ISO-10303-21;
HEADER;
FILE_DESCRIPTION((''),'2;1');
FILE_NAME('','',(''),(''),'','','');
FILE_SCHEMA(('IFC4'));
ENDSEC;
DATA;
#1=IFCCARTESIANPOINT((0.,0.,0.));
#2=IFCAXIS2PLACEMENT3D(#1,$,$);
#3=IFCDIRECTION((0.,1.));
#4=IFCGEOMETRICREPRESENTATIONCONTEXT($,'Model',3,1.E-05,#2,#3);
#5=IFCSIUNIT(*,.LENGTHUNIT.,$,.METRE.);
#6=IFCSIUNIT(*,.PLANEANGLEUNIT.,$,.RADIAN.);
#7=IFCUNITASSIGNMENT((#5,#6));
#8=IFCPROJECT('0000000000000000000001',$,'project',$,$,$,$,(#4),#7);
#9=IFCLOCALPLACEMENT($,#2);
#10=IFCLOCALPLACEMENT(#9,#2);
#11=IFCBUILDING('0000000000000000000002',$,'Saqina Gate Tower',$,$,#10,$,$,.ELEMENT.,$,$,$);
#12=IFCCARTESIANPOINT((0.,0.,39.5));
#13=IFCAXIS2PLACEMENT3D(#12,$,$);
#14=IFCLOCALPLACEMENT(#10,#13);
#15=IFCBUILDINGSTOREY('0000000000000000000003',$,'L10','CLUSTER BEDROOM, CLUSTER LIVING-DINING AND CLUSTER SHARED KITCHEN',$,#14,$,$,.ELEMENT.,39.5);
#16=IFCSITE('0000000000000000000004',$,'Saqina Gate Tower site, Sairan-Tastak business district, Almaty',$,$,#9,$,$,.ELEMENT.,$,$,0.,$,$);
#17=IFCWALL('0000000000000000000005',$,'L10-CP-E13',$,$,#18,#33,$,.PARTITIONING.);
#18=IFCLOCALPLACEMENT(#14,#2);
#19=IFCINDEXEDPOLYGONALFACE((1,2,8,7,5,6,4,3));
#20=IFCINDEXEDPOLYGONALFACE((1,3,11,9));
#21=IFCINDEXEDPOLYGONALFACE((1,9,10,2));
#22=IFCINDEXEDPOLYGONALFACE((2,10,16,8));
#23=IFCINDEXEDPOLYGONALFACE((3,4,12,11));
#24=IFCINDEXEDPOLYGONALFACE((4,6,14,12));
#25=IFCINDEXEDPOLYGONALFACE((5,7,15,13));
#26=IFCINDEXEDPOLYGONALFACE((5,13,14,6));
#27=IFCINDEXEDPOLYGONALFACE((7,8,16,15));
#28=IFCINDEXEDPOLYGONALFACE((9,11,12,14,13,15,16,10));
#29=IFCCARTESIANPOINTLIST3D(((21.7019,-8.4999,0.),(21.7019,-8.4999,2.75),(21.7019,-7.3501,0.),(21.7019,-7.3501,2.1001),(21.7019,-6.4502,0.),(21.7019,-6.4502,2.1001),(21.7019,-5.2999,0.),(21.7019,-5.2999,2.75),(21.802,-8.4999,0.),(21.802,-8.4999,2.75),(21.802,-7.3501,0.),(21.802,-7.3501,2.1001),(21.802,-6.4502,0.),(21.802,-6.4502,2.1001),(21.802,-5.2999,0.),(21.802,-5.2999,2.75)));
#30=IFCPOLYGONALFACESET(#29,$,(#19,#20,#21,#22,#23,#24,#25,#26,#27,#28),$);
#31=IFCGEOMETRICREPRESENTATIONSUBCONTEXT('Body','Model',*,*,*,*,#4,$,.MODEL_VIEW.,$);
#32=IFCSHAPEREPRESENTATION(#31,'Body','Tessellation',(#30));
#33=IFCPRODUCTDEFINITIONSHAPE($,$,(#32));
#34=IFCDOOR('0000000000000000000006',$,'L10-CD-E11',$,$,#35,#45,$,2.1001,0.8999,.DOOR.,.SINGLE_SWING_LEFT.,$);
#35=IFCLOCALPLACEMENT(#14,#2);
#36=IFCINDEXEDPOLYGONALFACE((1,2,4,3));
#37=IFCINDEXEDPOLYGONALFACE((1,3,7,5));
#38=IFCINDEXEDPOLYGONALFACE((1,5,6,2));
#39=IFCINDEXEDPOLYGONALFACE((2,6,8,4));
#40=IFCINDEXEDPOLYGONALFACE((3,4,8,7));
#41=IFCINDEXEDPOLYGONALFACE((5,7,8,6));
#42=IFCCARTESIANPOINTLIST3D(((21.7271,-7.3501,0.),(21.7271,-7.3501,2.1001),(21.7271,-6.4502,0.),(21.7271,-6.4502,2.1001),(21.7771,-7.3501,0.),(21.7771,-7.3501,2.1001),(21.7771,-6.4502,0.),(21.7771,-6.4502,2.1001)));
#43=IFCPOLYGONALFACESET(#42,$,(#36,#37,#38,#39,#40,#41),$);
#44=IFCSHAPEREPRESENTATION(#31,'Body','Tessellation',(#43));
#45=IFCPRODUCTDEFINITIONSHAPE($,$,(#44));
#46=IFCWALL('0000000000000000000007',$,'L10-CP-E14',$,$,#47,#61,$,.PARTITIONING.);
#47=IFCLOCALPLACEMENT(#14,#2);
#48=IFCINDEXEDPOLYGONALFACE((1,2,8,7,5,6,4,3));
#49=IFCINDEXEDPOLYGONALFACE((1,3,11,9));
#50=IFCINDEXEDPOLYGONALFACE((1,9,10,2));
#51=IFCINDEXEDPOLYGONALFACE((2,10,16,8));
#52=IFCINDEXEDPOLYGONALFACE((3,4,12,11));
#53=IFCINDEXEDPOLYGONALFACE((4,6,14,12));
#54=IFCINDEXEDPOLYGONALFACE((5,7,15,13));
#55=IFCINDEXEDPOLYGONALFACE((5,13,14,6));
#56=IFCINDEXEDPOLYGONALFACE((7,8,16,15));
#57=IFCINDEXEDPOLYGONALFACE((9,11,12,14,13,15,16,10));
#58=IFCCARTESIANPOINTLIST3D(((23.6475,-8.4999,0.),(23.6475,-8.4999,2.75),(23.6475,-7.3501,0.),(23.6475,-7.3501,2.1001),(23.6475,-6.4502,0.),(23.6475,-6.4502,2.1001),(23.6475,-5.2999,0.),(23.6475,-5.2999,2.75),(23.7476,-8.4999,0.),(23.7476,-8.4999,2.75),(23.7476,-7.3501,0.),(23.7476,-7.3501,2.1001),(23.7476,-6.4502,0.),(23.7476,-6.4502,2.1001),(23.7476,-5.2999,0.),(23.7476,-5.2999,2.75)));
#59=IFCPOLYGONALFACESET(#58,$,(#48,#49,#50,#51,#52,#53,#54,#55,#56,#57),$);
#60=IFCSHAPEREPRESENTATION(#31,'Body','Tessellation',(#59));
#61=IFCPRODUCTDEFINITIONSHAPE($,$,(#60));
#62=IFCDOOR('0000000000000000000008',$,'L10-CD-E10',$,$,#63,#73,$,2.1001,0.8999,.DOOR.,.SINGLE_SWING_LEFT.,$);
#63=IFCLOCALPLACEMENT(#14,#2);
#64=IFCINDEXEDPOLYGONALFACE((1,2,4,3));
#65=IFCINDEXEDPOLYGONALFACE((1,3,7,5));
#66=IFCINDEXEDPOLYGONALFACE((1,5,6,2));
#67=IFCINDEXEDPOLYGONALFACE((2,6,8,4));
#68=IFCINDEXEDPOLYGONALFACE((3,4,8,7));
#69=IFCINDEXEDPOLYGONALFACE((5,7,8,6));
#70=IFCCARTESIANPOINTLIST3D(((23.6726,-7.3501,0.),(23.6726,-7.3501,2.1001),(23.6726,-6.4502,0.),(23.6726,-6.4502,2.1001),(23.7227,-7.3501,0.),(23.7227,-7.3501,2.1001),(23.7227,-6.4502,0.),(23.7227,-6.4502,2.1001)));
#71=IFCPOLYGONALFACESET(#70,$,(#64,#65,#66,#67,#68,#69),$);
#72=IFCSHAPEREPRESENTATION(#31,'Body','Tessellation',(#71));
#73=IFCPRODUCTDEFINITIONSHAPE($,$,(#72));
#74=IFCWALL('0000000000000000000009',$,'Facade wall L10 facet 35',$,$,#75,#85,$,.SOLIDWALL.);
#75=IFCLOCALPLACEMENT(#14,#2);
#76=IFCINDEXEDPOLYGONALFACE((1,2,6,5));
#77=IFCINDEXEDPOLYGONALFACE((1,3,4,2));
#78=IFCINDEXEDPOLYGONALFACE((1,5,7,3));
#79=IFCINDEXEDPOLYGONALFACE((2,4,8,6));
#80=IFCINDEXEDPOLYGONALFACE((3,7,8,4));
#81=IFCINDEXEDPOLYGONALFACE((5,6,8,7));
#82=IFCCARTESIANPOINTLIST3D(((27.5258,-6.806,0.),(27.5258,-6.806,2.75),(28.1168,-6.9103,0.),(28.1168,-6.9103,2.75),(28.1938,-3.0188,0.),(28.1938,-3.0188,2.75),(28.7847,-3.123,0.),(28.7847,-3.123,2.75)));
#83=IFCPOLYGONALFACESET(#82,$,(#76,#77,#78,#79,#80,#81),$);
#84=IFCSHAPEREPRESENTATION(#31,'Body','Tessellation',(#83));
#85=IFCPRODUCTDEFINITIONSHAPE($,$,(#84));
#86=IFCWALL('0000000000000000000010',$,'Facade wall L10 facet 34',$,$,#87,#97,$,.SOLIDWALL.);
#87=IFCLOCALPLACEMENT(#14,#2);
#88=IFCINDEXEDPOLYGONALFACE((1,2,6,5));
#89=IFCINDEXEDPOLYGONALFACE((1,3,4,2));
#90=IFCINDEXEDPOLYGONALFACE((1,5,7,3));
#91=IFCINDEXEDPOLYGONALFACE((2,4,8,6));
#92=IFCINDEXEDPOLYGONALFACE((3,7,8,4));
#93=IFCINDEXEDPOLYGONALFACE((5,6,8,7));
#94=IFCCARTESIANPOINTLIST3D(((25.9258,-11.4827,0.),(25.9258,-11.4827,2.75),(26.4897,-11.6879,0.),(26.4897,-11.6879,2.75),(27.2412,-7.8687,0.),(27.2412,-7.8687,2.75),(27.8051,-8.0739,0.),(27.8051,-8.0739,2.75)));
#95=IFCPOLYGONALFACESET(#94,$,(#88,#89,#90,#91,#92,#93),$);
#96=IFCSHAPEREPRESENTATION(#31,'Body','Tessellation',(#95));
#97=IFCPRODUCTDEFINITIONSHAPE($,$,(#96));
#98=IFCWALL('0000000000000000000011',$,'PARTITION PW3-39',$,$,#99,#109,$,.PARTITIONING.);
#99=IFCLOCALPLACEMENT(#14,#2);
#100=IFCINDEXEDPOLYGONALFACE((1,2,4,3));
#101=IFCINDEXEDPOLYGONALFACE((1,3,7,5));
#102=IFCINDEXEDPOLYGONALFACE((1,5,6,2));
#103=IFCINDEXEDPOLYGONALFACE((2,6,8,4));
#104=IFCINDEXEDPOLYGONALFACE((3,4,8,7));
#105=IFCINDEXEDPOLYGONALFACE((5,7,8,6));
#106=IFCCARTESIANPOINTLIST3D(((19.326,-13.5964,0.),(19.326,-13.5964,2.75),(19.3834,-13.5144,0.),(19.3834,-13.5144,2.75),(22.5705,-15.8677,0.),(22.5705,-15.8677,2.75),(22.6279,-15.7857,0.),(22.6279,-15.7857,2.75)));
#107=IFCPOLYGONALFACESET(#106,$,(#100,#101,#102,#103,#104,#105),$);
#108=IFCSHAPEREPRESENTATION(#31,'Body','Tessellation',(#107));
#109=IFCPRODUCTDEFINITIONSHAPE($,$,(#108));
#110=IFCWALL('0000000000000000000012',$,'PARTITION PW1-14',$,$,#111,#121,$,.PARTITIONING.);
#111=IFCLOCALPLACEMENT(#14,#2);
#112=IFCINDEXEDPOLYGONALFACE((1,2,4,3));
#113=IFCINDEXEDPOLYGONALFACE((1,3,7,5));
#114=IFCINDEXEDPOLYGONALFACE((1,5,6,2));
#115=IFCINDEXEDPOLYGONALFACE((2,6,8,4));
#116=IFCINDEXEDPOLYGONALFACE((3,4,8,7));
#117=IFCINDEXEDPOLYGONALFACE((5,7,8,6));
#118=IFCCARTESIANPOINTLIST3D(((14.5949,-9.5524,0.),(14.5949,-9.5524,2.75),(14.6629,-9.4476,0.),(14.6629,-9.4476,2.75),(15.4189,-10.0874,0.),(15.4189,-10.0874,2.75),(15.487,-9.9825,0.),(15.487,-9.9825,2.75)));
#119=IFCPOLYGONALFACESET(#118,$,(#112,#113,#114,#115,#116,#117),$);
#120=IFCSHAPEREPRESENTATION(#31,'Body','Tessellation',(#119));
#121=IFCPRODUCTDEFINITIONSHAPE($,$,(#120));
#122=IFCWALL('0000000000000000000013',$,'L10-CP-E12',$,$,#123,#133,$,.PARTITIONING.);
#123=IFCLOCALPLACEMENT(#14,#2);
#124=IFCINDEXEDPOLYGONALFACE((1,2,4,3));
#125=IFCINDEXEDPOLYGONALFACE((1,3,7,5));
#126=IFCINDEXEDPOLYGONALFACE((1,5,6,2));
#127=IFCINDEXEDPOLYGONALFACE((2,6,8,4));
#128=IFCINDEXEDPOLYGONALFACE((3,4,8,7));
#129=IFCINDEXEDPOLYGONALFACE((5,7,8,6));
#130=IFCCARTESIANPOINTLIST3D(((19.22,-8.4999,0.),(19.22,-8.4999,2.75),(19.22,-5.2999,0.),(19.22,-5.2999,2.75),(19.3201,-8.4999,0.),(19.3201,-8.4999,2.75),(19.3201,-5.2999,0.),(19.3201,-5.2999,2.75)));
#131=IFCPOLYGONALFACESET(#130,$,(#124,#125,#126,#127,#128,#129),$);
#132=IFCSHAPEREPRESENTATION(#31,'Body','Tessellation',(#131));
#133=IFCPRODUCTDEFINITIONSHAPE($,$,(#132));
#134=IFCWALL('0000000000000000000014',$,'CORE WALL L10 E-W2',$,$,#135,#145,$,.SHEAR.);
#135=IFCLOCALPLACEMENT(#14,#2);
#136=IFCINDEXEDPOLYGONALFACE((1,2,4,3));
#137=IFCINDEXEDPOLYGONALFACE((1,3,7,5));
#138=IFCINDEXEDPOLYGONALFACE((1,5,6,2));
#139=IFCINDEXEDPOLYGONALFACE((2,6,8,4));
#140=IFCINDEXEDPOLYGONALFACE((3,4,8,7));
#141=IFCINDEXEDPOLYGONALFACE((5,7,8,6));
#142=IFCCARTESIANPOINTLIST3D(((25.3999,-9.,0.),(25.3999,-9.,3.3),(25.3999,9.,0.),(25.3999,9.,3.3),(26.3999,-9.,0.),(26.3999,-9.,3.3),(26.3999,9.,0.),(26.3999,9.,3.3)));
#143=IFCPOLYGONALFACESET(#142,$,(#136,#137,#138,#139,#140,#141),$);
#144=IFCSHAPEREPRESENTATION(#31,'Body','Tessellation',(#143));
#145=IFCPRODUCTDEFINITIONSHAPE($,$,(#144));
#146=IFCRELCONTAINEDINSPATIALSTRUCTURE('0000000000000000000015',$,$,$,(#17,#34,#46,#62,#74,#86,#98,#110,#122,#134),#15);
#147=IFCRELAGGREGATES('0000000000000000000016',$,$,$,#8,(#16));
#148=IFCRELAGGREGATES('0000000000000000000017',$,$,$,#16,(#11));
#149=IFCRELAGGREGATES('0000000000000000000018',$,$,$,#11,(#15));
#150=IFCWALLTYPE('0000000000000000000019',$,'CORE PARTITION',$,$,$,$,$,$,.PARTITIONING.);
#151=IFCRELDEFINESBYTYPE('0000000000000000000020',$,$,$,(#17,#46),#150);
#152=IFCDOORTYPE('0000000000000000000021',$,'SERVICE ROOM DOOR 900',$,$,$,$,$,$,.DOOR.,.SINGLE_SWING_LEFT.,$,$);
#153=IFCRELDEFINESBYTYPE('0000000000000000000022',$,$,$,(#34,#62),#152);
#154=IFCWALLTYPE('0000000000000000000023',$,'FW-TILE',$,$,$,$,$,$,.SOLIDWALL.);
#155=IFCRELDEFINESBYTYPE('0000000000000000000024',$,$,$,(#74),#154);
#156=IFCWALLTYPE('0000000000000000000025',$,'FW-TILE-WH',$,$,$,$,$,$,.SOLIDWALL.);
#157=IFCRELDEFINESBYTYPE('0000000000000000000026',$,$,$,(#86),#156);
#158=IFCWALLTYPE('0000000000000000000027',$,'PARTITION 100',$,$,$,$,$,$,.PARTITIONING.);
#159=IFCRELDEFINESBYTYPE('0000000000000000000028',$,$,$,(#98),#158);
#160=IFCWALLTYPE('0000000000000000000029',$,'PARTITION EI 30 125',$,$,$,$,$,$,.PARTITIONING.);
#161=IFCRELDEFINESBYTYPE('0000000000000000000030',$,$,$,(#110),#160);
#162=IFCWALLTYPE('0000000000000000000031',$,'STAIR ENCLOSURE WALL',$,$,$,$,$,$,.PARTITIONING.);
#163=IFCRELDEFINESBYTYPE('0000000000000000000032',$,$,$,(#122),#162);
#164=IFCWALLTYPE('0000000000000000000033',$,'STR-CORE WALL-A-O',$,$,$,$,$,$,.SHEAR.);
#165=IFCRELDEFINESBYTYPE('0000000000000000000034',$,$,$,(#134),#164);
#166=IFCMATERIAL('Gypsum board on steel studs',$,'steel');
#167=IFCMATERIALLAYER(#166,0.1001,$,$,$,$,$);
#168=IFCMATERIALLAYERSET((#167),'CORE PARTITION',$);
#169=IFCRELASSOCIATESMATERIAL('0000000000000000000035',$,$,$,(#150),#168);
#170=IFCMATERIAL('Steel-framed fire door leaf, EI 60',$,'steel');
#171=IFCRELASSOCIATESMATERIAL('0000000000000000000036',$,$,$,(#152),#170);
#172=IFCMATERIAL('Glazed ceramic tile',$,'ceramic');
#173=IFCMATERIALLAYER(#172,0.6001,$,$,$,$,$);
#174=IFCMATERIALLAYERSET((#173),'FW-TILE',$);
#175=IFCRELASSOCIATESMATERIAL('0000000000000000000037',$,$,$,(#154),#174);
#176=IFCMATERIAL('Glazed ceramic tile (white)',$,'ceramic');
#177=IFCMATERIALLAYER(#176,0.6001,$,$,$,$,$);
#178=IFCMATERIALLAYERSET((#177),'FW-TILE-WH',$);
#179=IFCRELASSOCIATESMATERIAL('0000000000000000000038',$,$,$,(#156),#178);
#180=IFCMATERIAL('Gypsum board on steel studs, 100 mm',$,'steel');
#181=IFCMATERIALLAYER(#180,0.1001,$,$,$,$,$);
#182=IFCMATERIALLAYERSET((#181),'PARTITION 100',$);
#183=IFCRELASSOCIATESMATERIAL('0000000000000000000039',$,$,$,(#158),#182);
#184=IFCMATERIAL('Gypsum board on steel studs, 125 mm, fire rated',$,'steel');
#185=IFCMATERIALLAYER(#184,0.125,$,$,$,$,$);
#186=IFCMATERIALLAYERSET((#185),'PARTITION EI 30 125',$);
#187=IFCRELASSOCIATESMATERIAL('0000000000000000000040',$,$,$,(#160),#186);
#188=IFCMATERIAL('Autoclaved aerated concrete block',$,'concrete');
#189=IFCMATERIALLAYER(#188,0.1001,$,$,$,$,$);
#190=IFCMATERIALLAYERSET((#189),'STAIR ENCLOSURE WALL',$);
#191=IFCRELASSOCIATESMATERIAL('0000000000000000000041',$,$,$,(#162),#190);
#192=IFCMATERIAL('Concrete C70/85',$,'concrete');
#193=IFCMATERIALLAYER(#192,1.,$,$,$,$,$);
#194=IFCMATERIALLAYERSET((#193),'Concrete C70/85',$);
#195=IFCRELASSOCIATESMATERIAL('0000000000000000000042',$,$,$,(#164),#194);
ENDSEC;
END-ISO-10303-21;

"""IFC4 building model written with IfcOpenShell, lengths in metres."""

from ifc_helpers import new_model, si_unit, direction, frame, frame_2d, origin, place, context, subcontext, project, spatial, rectangle, extrude, material, layer, layer_set, type_object, element, fill, save


model = new_model("IFC4")

# Units and contexts
model_context = context("Model", 3, precision=1e-05, world=origin(), true_north=direction((0.0, 1.0)))
body_context = subcontext(model_context, "Body", "Model", "MODEL_VIEW")
ifc_project = project(units=[si_unit("LENGTHUNIT", "METRE"), si_unit("PLANEANGLEUNIT", "RADIAN")], contexts=[model_context])

# Site, building, storey
site_placement = place(None, origin())
site = spatial("IfcSite", under=ifc_project, at=site_placement, Name="Saqina Gate Tower site, Sairan-Tastak business district, Almaty", CompositionType="ELEMENT", RefElevation=0.0)
building_placement = place(site_placement, origin())
building = spatial("IfcBuilding", under=site, at=building_placement, Name="Saqina Gate Tower", CompositionType="ELEMENT")
storey_placement = place(building_placement, frame((0.0, 0.0, 39.5)))
storey = spatial("IfcBuildingStorey", under=building, at=storey_placement, Name="L10", Description="CLUSTER BEDROOM, CLUSTER LIVING-DINING AND CLUSTER SHARED KITCHEN", CompositionType="ELEMENT", Elevation=39.5)

# Walls, openings, doors
ifc_material_1 = material(Name="Gypsum board on steel studs", Category="steel")
ifc_layer_1 = layer(ifc_material_1, 0.1001)
ifc_layer_set_1 = layer_set([ifc_layer_1], Name="CORE PARTITION")
wall_type_1 = type_object("IfcWallType", Name="CORE PARTITION", PredefinedType="PARTITIONING", material=ifc_layer_set_1)
wall_1_placement = place(storey_placement, frame((21.752, -8.5, 0.0), z_axis=(0.0, 0.0, 1.0), x_axis=(0.0, 1.0, 0.0)))
wall_1 = element("IfcWall", 1, at=wall_1_placement, inside=storey, type_object=wall_type_1, Name="L10-CP-E13", PredefinedType="PARTITIONING", context=body_context, shape_type="SweptSolid", body=[
    extrude(rectangle(XDim=3.2, YDim=0.1001, at=frame_2d((1.6001, 0.0))), origin(), (0.0, 0.0, 1.0), 2.75),
])
opening_1_placement = place(wall_1_placement, frame((1.1499, 0.0, 0.0)))
opening_1 = element("IfcOpeningElement", 2, at=opening_1_placement, cuts=wall_1, PredefinedType="OPENING", context=body_context, shape_type="SweptSolid", body=[
    extrude(rectangle(XDim=0.8999, YDim=2.1001, at=frame_2d((0.45, 1.05))), frame((0.0, 0.062, 0.0), z_axis=(0.0, -1.0, 0.0), x_axis=(1.0, 0.0, 0.0)), (0.0, 0.0, 1.0), 0.124),
])
ifc_material_2 = material(Name="Steel-framed fire door leaf, EI 60", Category="steel")
door_type = type_object("IfcDoorType", Name="SERVICE ROOM DOOR 900", OperationType="SINGLE_SWING_LEFT", PredefinedType="DOOR", material=ifc_material_2)
door_1_placement = place(opening_1_placement, origin())
door_1 = element("IfcDoor", 3, at=door_1_placement, inside=storey, type_object=door_type, Name="L10-CD-E11", OperationType="SINGLE_SWING_LEFT", OverallHeight=2.1001, OverallWidth=0.8999, PredefinedType="DOOR", context=body_context, shape_type="SweptSolid", body=[
    extrude(rectangle(XDim=0.8999, YDim=2.1001, at=frame_2d((0.45, 1.05))), frame((0.0, 0.0249, 0.0), z_axis=(0.0, -1.0, 0.0), x_axis=(1.0, 0.0, 0.0)), (0.0, 0.0, 1.0), 0.05),
])
fill(opening_1, door_1)
wall_2_placement = place(storey_placement, frame((23.6975, -8.5, 0.0), z_axis=(0.0, 0.0, 1.0), x_axis=(0.0, 1.0, 0.0)))
wall_2 = element("IfcWall", 4, at=wall_2_placement, inside=storey, type_object=wall_type_1, Name="L10-CP-E14", PredefinedType="PARTITIONING", context=body_context, shape_type="SweptSolid", body=[
    extrude(rectangle(XDim=3.2, YDim=0.1001, at=frame_2d((1.6001, 0.0))), origin(), (0.0, 0.0, 1.0), 2.75),
])
opening_2_placement = place(wall_2_placement, frame((1.1499, 0.0, 0.0)))
opening_2 = element("IfcOpeningElement", 5, at=opening_2_placement, cuts=wall_2, PredefinedType="OPENING", context=body_context, shape_type="SweptSolid", body=[
    extrude(rectangle(XDim=0.8999, YDim=2.1001, at=frame_2d((0.45, 1.05))), frame((0.0, 0.062, 0.0), z_axis=(0.0, -1.0, 0.0), x_axis=(1.0, 0.0, 0.0)), (0.0, 0.0, 1.0), 0.124),
])
door_2_placement = place(opening_2_placement, origin())
door_2 = element("IfcDoor", 6, at=door_2_placement, inside=storey, type_object=door_type, Name="L10-CD-E10", OperationType="SINGLE_SWING_LEFT", OverallHeight=2.1001, OverallWidth=0.8999, PredefinedType="DOOR", context=body_context, shape_type="SweptSolid", body=[
    extrude(rectangle(XDim=0.8999, YDim=2.1001, at=frame_2d((0.45, 1.05))), frame((0.0, 0.0249, 0.0), z_axis=(0.0, -1.0, 0.0), x_axis=(1.0, 0.0, 0.0)), (0.0, 0.0, 1.0), 0.05),
])
fill(opening_2, door_2)

# Walls
ifc_material_3 = material(Name="Glazed ceramic tile", Category="ceramic")
ifc_layer_2 = layer(ifc_material_3, 0.6001)
ifc_layer_set_2 = layer_set([ifc_layer_2], Name="FW-TILE")
wall_type_2 = type_object("IfcWallType", Name="FW-TILE", PredefinedType="SOLIDWALL", material=ifc_layer_set_2)
wall_3_placement = place(storey_placement, frame((27.8213, -6.8582, 0.0), z_axis=(0.0, 0.0, 1.0), x_axis=(0.173688, 0.984801, 0.0)))
element("IfcWall", 7, at=wall_3_placement, inside=storey, type_object=wall_type_2, Name="Facade wall L10 facet 35", PredefinedType="SOLIDWALL", context=body_context, shape_type="SweptSolid", body=[
    extrude(rectangle(XDim=3.8457, YDim=0.6001, at=frame_2d((1.9229, 0.0))), origin(), (0.0, 0.0, 1.0), 2.75),
])
ifc_material_4 = material(Name="Glazed ceramic tile (white)", Category="ceramic")
ifc_layer_3 = layer(ifc_material_4, 0.6001)
ifc_layer_set_3 = layer_set([ifc_layer_3], Name="FW-TILE-WH")
wall_type_3 = type_object("IfcWallType", Name="FW-TILE-WH", PredefinedType="SOLIDWALL", material=ifc_layer_set_3)
wall_4_placement = place(storey_placement, frame((26.2078, -11.5852, 0.0), z_axis=(0.0, 0.0, 1.0), x_axis=(0.342028, 0.93969, 0.0)))
element("IfcWall", 8, at=wall_4_placement, inside=storey, type_object=wall_type_3, Name="Facade wall L10 facet 34", PredefinedType="SOLIDWALL", context=body_context, shape_type="SweptSolid", body=[
    extrude(rectangle(XDim=3.8459, YDim=0.6001, at=frame_2d((1.9229, 0.0))), origin(), (0.0, 0.0, 1.0), 2.75),
])
ifc_material_5 = material(Name="Gypsum board on steel studs, 100 mm", Category="steel")
ifc_layer_4 = layer(ifc_material_5, 0.1001)
ifc_layer_set_4 = layer_set([ifc_layer_4], Name="PARTITION 100")
wall_type_4 = type_object("IfcWallType", Name="PARTITION 100", PredefinedType="PARTITIONING", material=ifc_layer_set_4)
wall_5_placement = place(storey_placement, frame((19.3547, -13.5554, 0.0), z_axis=(0.0, 0.0, 1.0), x_axis=(0.819212, -0.573491, 0.0)))
element("IfcWall", 9, at=wall_5_placement, inside=storey, type_object=wall_type_4, Name="PARTITION PW3-39", PredefinedType="PARTITIONING", context=body_context, shape_type="SweptSolid", body=[
    extrude(rectangle(XDim=3.9604, YDim=0.1001, at=frame_2d((1.9802, 0.0))), origin(), (0.0, 0.0, 1.0), 2.75),
])
ifc_material_6 = material(Name="Gypsum board on steel studs, 125 mm, fire rated", Category="steel")
ifc_layer_5 = layer(ifc_material_6, 0.125)
ifc_layer_set_5 = layer_set([ifc_layer_5], Name="PARTITION EI 30 125")
wall_type_5 = type_object("IfcWallType", Name="PARTITION EI 30 125", PredefinedType="PARTITIONING", material=ifc_layer_set_5)
wall_6_placement = place(storey_placement, frame((14.6289, -9.5, 0.0), z_axis=(0.0, 0.0, 1.0), x_axis=(0.838756, -0.544508, 0.0)))
element("IfcWall", 10, at=wall_6_placement, inside=storey, type_object=wall_type_5, Name="PARTITION PW1-14", PredefinedType="PARTITIONING", context=body_context, shape_type="SweptSolid", body=[
    extrude(rectangle(XDim=0.9824, YDim=0.125, at=frame_2d((0.4912, 0.0))), origin(), (0.0, 0.0, 1.0), 2.75),
])
ifc_material_7 = material(Name="Autoclaved aerated concrete block", Category="concrete")
ifc_layer_6 = layer(ifc_material_7, 0.1001)
ifc_layer_set_6 = layer_set([ifc_layer_6], Name="STAIR ENCLOSURE WALL")
wall_type_6 = type_object("IfcWallType", Name="STAIR ENCLOSURE WALL", PredefinedType="PARTITIONING", material=ifc_layer_set_6)
wall_7_placement = place(storey_placement, frame((19.27, -8.5, 0.0), z_axis=(0.0, 0.0, 1.0), x_axis=(0.0, 1.0, 0.0)))
element("IfcWall", 11, at=wall_7_placement, inside=storey, type_object=wall_type_6, Name="L10-CP-E12", PredefinedType="PARTITIONING", context=body_context, shape_type="SweptSolid", body=[
    extrude(rectangle(XDim=3.2, YDim=0.1001, at=frame_2d((1.6001, 0.0))), origin(), (0.0, 0.0, 1.0), 2.75),
])
ifc_material_8 = material(Name="Concrete C70/85", Category="concrete")
ifc_layer_7 = layer(ifc_material_8, 1.0)
ifc_layer_set_7 = layer_set([ifc_layer_7], Name="Concrete C70/85")
wall_type_7 = type_object("IfcWallType", Name="STR-CORE WALL-A-O", PredefinedType="SHEAR", material=ifc_layer_set_7)
wall_8_placement = place(storey_placement, frame((25.8999, -9.0, 0.0), z_axis=(0.0, 0.0, 1.0), x_axis=(0.0, 1.0, 0.0)))
element("IfcWall", 12, at=wall_8_placement, inside=storey, type_object=wall_type_7, Name="CORE WALL L10 E-W2", PredefinedType="SHEAR", context=body_context, shape_type="SweptSolid", body=[
    extrude(rectangle(XDim=18.0, YDim=1.0, at=frame_2d((9.0, 0.0))), origin(), (0.0, 0.0, 1.0), 3.3),
])

save(model, "model.ifc")
